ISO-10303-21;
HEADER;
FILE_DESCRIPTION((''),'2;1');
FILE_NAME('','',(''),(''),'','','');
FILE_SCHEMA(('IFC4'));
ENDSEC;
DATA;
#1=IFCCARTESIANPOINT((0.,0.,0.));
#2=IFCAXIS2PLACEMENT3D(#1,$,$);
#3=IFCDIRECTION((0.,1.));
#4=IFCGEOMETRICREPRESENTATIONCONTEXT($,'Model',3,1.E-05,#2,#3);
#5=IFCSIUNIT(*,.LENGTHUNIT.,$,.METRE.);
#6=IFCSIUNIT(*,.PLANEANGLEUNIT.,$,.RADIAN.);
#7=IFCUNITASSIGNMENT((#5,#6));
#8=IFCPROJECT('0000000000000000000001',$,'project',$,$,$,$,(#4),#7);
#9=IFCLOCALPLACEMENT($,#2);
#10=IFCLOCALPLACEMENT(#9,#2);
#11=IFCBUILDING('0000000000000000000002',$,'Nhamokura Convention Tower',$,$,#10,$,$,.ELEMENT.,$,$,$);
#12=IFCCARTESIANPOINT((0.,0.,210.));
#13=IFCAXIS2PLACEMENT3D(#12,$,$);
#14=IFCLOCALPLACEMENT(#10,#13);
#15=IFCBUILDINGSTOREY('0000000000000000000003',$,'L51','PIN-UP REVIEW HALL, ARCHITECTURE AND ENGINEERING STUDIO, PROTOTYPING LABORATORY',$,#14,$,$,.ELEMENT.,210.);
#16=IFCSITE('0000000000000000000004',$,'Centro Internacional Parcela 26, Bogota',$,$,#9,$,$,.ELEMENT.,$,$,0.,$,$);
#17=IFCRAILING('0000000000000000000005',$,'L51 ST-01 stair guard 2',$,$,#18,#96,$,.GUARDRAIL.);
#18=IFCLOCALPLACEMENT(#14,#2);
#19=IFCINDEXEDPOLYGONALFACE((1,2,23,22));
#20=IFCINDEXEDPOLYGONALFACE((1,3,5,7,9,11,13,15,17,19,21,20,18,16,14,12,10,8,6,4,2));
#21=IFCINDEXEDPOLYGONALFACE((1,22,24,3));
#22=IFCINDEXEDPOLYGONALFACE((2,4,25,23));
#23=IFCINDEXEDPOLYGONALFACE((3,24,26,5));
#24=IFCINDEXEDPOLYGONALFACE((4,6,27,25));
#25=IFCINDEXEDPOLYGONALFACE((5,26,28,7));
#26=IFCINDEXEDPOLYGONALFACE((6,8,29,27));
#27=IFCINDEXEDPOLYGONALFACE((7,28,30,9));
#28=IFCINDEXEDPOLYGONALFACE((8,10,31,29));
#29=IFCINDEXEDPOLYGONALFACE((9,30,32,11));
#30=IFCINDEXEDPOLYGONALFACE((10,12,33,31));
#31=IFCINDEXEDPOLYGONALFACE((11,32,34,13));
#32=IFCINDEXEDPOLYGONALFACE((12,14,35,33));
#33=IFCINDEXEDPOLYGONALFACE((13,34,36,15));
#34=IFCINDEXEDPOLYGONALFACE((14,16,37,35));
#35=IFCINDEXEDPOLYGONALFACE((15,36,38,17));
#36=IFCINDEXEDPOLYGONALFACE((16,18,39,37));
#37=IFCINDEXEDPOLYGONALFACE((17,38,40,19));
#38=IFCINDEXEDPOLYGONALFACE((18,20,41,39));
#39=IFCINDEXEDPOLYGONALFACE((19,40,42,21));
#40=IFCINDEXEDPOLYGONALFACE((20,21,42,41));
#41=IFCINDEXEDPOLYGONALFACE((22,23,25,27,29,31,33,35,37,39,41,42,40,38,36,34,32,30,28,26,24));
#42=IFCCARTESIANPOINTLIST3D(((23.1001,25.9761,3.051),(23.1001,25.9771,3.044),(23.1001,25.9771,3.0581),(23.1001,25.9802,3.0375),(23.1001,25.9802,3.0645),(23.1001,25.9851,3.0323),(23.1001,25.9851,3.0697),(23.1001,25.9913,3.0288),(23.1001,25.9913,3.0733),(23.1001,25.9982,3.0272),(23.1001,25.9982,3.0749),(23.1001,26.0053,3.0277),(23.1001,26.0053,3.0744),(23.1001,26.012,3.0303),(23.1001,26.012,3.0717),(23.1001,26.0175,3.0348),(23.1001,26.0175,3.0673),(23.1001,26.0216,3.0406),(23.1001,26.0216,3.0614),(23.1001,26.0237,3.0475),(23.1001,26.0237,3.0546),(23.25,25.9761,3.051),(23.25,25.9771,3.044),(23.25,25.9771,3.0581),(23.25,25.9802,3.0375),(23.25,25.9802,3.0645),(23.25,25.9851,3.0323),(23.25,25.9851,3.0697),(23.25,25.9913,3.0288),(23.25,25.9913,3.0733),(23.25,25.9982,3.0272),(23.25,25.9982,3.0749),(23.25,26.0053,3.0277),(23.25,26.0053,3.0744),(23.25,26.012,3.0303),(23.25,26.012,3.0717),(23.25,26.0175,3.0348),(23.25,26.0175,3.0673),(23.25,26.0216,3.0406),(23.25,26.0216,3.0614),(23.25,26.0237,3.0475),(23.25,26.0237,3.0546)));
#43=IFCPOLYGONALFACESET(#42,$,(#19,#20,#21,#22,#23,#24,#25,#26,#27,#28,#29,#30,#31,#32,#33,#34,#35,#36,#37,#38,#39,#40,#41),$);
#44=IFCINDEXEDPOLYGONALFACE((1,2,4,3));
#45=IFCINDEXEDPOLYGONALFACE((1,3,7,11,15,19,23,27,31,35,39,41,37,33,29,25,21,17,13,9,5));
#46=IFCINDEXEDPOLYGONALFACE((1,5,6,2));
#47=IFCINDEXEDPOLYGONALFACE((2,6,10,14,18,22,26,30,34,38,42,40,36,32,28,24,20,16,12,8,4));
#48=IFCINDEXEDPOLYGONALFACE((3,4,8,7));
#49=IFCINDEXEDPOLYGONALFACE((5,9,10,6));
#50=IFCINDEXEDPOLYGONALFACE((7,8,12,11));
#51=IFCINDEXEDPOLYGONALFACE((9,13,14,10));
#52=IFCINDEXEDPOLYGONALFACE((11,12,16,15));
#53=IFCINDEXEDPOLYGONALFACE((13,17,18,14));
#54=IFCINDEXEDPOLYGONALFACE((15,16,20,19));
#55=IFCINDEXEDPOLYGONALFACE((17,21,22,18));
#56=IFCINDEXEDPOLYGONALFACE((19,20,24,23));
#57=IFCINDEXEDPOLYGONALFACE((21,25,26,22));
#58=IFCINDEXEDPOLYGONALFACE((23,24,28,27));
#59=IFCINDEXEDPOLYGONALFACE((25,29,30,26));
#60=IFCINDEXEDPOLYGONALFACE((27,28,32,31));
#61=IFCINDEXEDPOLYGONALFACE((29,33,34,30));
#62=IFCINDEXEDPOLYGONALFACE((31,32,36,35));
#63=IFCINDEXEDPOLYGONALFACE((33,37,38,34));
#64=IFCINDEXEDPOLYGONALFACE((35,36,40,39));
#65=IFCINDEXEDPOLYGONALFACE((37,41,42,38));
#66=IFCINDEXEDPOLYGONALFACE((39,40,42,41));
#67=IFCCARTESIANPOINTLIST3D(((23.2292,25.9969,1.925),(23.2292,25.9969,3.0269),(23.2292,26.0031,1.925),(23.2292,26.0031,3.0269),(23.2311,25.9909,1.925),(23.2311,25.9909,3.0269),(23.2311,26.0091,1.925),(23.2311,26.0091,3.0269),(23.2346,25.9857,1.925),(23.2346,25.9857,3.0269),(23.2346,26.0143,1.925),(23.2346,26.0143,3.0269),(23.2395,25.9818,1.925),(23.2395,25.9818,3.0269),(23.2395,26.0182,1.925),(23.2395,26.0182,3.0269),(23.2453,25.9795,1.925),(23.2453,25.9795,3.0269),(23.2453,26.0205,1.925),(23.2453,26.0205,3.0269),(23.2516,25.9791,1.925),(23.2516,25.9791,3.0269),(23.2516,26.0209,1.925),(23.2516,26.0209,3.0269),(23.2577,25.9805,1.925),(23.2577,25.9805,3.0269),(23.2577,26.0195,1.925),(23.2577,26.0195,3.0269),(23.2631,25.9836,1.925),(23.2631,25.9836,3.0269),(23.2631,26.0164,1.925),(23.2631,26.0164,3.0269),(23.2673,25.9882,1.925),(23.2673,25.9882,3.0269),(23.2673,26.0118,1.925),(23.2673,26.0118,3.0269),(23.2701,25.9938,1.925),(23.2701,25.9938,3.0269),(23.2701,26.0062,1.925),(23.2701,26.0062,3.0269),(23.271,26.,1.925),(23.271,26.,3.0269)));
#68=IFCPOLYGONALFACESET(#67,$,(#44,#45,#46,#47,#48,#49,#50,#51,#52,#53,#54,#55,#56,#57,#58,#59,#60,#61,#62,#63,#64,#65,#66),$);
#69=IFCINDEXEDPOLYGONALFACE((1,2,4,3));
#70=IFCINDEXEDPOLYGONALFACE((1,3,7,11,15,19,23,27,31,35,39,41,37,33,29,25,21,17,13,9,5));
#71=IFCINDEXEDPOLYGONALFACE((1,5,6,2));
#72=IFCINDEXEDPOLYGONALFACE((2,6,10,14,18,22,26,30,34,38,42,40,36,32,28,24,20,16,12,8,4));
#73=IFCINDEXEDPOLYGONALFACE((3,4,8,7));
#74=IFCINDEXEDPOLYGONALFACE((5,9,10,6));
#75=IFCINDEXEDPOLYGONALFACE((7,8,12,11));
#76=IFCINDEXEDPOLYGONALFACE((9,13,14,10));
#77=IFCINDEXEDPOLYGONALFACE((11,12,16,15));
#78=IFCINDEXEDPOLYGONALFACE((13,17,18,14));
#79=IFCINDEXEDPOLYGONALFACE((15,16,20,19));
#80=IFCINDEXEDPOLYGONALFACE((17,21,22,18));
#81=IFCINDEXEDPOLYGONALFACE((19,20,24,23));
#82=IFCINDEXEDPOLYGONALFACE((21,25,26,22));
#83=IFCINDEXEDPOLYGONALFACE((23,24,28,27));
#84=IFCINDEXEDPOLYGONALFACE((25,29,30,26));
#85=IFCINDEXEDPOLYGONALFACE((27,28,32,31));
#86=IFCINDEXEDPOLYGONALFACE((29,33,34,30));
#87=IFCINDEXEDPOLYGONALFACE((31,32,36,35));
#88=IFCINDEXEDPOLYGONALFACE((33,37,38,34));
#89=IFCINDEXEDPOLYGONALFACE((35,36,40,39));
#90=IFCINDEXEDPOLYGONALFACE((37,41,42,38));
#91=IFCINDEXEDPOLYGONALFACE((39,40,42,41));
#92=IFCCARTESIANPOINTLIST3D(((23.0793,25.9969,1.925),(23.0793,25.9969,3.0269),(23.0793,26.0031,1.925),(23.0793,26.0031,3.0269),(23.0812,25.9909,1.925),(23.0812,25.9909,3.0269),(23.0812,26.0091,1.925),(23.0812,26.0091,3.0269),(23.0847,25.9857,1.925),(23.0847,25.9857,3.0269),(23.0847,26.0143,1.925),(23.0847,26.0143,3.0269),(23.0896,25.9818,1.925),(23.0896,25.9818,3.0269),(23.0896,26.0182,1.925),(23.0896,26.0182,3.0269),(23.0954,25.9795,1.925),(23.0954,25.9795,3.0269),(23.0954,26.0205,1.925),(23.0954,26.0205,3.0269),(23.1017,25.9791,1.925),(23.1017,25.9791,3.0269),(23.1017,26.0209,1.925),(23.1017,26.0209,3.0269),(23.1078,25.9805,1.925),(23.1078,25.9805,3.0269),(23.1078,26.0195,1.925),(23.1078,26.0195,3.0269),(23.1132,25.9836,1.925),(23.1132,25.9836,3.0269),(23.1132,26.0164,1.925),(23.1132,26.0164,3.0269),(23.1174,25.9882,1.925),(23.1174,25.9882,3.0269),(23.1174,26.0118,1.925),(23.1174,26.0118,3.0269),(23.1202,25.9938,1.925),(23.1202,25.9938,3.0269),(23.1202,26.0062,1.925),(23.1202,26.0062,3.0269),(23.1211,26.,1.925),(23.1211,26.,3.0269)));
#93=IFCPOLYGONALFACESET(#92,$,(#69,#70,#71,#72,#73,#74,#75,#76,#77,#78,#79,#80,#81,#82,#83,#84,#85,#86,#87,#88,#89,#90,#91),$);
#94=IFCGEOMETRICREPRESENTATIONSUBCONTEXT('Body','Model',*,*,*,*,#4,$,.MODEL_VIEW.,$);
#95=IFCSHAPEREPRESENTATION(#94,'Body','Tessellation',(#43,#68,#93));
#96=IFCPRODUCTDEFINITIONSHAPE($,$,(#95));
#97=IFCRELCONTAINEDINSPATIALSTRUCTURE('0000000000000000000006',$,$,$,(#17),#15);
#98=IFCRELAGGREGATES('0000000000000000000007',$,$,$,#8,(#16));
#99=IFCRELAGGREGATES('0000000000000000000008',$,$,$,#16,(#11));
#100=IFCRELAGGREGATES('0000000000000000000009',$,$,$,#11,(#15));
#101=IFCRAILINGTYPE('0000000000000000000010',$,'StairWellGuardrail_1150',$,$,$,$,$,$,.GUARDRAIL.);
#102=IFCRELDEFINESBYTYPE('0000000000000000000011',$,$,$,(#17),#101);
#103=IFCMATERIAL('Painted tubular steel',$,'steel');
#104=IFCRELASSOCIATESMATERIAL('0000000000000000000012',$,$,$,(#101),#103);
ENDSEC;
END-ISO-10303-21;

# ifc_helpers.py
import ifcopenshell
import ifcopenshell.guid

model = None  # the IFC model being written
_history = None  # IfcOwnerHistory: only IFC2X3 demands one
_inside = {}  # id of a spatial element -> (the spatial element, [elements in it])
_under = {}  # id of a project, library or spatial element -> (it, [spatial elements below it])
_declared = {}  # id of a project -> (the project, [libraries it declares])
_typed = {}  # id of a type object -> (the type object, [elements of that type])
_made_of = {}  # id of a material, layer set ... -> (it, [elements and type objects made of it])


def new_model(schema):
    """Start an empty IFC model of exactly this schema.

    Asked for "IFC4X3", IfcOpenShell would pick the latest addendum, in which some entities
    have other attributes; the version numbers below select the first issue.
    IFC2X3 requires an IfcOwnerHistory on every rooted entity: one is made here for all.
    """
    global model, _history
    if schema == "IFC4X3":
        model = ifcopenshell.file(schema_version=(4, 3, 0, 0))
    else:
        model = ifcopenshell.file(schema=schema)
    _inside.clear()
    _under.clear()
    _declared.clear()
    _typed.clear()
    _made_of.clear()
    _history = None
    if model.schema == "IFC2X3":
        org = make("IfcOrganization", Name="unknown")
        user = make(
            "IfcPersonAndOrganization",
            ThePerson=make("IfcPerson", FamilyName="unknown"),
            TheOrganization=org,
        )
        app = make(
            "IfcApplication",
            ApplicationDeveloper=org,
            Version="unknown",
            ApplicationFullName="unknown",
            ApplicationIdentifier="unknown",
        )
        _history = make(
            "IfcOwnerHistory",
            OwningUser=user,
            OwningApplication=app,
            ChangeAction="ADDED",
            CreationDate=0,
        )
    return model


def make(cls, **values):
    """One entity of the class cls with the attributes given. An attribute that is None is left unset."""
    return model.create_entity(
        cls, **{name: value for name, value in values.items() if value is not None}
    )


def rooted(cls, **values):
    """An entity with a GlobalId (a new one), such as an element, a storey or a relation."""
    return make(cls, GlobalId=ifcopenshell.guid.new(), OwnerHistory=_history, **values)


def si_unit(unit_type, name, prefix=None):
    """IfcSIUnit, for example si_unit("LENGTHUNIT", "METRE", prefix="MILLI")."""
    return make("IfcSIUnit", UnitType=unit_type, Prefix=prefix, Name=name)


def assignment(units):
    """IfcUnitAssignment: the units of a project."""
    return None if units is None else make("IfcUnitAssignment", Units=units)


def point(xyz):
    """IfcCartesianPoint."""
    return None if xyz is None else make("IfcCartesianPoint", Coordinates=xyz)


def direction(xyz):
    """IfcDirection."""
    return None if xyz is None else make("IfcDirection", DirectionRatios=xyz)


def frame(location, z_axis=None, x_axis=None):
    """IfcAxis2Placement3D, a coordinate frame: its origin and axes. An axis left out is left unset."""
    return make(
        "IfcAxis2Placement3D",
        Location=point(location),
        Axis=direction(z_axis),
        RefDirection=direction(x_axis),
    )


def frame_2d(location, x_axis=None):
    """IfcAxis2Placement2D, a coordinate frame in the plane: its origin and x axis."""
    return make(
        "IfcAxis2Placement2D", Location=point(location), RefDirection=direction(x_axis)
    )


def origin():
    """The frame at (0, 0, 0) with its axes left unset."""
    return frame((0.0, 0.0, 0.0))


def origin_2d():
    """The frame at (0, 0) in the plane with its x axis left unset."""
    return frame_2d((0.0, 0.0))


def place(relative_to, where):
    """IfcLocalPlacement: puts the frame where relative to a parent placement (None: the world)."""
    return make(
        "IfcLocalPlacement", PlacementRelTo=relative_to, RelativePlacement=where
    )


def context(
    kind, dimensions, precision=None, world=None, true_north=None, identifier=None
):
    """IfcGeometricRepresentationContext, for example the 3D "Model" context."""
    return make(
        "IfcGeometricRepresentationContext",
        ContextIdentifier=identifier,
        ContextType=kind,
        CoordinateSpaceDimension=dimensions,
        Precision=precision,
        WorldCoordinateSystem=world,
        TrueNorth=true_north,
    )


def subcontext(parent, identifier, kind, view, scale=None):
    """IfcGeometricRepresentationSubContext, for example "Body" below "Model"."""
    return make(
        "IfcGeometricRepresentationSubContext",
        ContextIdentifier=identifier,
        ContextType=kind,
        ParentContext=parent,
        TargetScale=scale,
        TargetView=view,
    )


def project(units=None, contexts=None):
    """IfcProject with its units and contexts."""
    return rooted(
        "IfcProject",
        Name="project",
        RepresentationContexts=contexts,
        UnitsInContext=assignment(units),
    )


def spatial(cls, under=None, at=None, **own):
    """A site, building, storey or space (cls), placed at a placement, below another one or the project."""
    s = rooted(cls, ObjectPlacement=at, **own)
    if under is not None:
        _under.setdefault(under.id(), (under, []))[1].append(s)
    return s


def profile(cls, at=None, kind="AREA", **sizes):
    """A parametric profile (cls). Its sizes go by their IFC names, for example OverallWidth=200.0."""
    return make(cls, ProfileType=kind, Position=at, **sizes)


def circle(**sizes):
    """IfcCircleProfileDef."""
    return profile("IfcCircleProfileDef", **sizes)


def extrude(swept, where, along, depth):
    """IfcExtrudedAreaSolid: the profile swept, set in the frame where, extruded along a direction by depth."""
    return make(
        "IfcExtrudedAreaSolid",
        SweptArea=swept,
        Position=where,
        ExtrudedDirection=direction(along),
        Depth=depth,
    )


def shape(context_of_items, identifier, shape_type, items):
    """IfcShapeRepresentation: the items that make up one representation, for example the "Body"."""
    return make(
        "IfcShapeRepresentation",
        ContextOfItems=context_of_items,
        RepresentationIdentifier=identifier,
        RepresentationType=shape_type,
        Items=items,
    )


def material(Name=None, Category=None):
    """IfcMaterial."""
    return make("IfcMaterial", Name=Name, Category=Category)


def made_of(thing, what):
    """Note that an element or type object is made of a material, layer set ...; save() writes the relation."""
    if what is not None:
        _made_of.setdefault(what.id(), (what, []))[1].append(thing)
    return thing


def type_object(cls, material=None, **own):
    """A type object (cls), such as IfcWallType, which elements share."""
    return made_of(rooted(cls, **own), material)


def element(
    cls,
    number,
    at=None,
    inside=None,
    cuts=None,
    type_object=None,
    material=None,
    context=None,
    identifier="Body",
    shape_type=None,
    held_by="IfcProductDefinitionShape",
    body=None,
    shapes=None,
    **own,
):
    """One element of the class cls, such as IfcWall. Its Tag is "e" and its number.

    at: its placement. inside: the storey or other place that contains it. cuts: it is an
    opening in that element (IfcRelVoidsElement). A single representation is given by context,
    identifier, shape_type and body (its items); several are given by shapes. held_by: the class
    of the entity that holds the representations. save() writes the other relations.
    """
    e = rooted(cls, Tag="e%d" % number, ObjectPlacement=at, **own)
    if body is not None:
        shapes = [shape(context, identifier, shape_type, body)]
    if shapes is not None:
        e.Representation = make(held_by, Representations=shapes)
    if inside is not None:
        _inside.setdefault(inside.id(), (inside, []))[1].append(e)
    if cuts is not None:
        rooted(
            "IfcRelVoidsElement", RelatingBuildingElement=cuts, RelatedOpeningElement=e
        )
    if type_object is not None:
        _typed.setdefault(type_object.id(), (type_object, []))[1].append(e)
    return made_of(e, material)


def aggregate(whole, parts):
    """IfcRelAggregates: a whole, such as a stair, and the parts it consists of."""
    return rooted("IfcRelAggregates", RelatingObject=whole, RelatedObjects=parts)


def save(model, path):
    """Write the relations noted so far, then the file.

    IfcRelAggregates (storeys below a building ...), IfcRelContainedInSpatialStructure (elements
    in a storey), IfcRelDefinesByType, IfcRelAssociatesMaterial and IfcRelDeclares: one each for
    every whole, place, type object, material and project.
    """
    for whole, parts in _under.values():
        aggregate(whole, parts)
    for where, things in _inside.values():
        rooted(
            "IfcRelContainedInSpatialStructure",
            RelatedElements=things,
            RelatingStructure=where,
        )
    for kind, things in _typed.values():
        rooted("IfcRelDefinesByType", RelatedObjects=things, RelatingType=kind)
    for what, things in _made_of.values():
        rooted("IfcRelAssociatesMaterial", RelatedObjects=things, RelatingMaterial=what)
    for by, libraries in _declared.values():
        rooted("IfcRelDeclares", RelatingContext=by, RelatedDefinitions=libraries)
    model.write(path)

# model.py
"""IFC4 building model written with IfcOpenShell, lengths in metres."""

from ifc_helpers import new_model, si_unit, direction, frame, origin, origin_2d, place, context, subcontext, project, spatial, circle, extrude, material, type_object, element, save


model = new_model("IFC4")

# Units and contexts
model_context = context("Model", 3, precision=1e-05, world=origin(), true_north=direction((0.0, 1.0)))
body_context = subcontext(model_context, "Body", "Model", "MODEL_VIEW")
ifc_project = project(units=[si_unit("LENGTHUNIT", "METRE"), si_unit("PLANEANGLEUNIT", "RADIAN")], contexts=[model_context])

# Site, building, storey
site_placement = place(None, origin())
site = spatial("IfcSite", under=ifc_project, at=site_placement, Name="Centro Internacional Parcela 26, Bogota", CompositionType="ELEMENT", RefElevation=0.0)
building_placement = place(site_placement, origin())
building = spatial("IfcBuilding", under=site, at=building_placement, Name="Nhamokura Convention Tower", CompositionType="ELEMENT")
storey_placement = place(building_placement, frame((0.0, 0.0, 210.0)))
storey = spatial("IfcBuildingStorey", under=building, at=storey_placement, Name="L51", Description="PIN-UP REVIEW HALL, ARCHITECTURE AND ENGINEERING STUDIO, PROTOTYPING LABORATORY", CompositionType="ELEMENT", Elevation=210.0)

# Railing
ifc_material_1 = material(Name="Painted tubular steel", Category="steel")
railing_type_1 = type_object("IfcRailingType", Name="StairWellGuardrail_1150", PredefinedType="GUARDRAIL", material=ifc_material_1)
railing_1_placement = place(storey_placement, frame((23.25, 26.0, 1.925)))
element("IfcRailing", 1, at=railing_1_placement, inside=storey, type_object=railing_type_1, Name="L51 ST-01 stair guard 2", PredefinedType="GUARDRAIL", context=body_context, shape_type="SweptSolid", body=[
    extrude(circle(Radius=0.0239, at=origin_2d()), frame((0.0, 0.0, 1.126), z_axis=(-1.0, 0.0, 0.0), x_axis=(0.0, -1.0, 0.0)), (0.0, 0.0, 1.0), 0.1499),
    extrude(circle(Radius=0.021, at=origin_2d()), origin(), (0.0, 0.0, 1.0), 1.1018),
    extrude(circle(Radius=0.021, at=origin_2d()), frame((-0.1499, 0.0, 0.0)), (0.0, 0.0, 1.0), 1.1018),
])

save(model, "model.ifc")
